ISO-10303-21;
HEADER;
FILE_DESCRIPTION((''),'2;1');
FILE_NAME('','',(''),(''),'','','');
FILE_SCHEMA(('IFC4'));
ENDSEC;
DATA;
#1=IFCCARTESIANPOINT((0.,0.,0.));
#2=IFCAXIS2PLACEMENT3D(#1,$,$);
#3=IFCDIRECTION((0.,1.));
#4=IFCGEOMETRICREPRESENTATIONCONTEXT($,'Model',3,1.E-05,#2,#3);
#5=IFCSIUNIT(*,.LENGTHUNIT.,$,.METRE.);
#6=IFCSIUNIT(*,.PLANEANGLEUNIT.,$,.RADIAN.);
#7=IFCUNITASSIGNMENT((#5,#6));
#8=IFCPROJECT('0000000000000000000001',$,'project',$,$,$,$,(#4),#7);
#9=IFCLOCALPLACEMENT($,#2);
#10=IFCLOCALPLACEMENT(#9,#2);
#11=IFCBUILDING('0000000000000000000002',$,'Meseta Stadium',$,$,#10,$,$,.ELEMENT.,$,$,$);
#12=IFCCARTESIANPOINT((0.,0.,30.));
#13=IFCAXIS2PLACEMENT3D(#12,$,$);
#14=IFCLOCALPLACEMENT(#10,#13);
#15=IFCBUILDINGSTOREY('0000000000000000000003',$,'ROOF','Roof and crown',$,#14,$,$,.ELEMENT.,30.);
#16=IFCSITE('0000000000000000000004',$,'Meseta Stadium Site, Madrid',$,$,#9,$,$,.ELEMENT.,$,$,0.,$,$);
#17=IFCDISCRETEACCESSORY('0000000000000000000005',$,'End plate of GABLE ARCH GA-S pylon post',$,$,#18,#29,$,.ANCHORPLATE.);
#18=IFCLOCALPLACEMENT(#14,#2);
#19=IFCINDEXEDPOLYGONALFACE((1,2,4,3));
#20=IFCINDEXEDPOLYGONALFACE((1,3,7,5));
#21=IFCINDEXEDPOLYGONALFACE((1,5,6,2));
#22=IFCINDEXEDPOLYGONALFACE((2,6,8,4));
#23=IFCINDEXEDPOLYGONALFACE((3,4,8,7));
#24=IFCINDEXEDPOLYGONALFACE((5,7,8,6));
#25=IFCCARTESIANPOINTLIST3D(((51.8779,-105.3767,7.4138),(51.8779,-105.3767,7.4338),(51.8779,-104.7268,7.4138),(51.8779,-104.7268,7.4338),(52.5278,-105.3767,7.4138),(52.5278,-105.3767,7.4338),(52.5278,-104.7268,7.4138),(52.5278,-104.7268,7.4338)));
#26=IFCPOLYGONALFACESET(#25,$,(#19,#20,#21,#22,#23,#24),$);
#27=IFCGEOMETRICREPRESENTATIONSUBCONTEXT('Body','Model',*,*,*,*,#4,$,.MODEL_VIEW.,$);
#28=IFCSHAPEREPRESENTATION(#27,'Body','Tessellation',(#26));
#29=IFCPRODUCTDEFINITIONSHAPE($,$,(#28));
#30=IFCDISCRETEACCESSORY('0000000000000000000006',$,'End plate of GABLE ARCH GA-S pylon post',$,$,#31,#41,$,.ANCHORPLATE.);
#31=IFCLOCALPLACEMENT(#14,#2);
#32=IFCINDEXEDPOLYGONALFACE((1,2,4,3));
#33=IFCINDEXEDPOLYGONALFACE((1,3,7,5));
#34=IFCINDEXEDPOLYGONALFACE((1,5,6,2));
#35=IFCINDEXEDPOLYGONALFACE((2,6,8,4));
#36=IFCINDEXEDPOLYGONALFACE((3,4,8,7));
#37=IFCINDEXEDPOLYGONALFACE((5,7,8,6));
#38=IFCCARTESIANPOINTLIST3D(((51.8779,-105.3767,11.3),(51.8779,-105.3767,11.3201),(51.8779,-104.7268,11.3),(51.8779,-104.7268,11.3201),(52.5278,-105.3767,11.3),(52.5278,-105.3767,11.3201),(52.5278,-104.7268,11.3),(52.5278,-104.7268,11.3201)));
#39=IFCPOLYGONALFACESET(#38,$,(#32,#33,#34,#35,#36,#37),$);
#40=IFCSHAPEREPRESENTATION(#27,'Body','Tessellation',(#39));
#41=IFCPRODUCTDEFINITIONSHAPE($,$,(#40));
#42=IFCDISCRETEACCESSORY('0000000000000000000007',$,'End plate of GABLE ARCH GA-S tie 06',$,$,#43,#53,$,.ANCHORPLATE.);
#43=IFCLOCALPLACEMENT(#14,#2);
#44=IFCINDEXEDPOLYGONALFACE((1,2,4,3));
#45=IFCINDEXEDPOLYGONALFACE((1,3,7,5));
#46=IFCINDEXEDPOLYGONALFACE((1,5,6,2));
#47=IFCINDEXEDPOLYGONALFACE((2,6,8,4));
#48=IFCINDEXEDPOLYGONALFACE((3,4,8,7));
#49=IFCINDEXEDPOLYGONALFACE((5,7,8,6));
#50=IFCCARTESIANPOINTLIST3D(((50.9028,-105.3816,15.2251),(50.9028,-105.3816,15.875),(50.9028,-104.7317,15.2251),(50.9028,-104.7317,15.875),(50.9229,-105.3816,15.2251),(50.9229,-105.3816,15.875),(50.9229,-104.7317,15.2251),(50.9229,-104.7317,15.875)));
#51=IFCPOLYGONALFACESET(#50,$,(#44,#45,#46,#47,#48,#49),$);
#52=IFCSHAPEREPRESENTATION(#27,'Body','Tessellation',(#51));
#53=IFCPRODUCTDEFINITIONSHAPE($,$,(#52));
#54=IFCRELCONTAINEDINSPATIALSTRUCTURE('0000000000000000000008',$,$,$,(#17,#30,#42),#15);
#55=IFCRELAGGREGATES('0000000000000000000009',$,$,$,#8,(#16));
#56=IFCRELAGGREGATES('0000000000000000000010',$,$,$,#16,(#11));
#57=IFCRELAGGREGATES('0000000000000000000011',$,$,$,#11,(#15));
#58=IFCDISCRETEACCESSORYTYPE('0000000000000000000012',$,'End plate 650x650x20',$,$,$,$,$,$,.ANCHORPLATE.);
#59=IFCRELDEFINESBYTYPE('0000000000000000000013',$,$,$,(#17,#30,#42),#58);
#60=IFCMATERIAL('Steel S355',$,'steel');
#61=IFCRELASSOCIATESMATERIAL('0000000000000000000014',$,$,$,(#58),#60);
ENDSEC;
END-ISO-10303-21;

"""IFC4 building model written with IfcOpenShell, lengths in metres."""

from ifc_helpers import new_model, si_unit, direction, frame, origin, origin_2d, place, context, subcontext, project, spatial, rectangle, extrude, material, material_profile, profile_set, type_object, element, save


model = new_model("IFC4")

# Units and contexts
model_context = context("Model", 3, precision=1e-05, world=origin(), true_north=direction((0.0, 1.0)))
body_context = subcontext(model_context, "Body", "Model", "MODEL_VIEW")
ifc_project = project(units=[si_unit("LENGTHUNIT", "METRE"), si_unit("PLANEANGLEUNIT", "RADIAN")], contexts=[model_context])

# Site, building, storey
site_placement = place(None, origin())
site = spatial("IfcSite", under=ifc_project, at=site_placement, Name="Meseta Stadium Site, Madrid", CompositionType="ELEMENT", RefElevation=0.0)
building_placement = place(site_placement, origin())
building = spatial("IfcBuilding", under=site, at=building_placement, Name="Meseta Stadium", CompositionType="ELEMENT")
storey_placement = place(building_placement, frame((0.0, 0.0, 30.0)))
storey = spatial("IfcBuildingStorey", under=building, at=storey_placement, Name="ROOF", Description="Roof and crown", CompositionType="ELEMENT", Elevation=30.0)

# Discrete accessories
ifc_material_1 = material(Name="Steel S355", Category="steel")
ifc_material_profile_1 = material_profile(ifc_material_1, rectangle(XDim=0.6499, YDim=0.6499, at=origin_2d()), Name="PL 650x650")
ifc_profile_set_1 = profile_set([ifc_material_profile_1], Name="Steel S355")
discrete_accessory_type_1 = type_object("IfcDiscreteAccessoryType", Name="End plate 650x650x20", PredefinedType="ANCHORPLATE", material=ifc_profile_set_1)
for number, where, z_axis, x_axis, name in (
    (1, (52.2029, -105.0518, 7.4138), (0.0, 0.0, 1.0), (1.0, 0.0, 0.0), "End plate of GABLE ARCH GA-S pylon post"),
    (2, (52.2029, -105.0518, 11.3), (0.0, 0.0, 1.0), (1.0, 0.0, 0.0), "End plate of GABLE ARCH GA-S pylon post"),
    (3, (50.9028, -105.0566, 15.55), (1.0, 0.0, 0.0), (0.0, 1.0, 0.0), "End plate of GABLE ARCH GA-S tie 06"),
):
    element("IfcDiscreteAccessory", number, at=place(storey_placement, frame(where, z_axis=z_axis, x_axis=x_axis)), inside=storey, type_object=discrete_accessory_type_1, Name=name, PredefinedType="ANCHORPLATE", context=body_context, shape_type="SweptSolid", body=[
        extrude(rectangle(XDim=0.6499, YDim=0.6499, at=origin_2d()), origin(), (0.0, 0.0, 1.0), 0.02),
    ])

save(model, "model.ifc")
